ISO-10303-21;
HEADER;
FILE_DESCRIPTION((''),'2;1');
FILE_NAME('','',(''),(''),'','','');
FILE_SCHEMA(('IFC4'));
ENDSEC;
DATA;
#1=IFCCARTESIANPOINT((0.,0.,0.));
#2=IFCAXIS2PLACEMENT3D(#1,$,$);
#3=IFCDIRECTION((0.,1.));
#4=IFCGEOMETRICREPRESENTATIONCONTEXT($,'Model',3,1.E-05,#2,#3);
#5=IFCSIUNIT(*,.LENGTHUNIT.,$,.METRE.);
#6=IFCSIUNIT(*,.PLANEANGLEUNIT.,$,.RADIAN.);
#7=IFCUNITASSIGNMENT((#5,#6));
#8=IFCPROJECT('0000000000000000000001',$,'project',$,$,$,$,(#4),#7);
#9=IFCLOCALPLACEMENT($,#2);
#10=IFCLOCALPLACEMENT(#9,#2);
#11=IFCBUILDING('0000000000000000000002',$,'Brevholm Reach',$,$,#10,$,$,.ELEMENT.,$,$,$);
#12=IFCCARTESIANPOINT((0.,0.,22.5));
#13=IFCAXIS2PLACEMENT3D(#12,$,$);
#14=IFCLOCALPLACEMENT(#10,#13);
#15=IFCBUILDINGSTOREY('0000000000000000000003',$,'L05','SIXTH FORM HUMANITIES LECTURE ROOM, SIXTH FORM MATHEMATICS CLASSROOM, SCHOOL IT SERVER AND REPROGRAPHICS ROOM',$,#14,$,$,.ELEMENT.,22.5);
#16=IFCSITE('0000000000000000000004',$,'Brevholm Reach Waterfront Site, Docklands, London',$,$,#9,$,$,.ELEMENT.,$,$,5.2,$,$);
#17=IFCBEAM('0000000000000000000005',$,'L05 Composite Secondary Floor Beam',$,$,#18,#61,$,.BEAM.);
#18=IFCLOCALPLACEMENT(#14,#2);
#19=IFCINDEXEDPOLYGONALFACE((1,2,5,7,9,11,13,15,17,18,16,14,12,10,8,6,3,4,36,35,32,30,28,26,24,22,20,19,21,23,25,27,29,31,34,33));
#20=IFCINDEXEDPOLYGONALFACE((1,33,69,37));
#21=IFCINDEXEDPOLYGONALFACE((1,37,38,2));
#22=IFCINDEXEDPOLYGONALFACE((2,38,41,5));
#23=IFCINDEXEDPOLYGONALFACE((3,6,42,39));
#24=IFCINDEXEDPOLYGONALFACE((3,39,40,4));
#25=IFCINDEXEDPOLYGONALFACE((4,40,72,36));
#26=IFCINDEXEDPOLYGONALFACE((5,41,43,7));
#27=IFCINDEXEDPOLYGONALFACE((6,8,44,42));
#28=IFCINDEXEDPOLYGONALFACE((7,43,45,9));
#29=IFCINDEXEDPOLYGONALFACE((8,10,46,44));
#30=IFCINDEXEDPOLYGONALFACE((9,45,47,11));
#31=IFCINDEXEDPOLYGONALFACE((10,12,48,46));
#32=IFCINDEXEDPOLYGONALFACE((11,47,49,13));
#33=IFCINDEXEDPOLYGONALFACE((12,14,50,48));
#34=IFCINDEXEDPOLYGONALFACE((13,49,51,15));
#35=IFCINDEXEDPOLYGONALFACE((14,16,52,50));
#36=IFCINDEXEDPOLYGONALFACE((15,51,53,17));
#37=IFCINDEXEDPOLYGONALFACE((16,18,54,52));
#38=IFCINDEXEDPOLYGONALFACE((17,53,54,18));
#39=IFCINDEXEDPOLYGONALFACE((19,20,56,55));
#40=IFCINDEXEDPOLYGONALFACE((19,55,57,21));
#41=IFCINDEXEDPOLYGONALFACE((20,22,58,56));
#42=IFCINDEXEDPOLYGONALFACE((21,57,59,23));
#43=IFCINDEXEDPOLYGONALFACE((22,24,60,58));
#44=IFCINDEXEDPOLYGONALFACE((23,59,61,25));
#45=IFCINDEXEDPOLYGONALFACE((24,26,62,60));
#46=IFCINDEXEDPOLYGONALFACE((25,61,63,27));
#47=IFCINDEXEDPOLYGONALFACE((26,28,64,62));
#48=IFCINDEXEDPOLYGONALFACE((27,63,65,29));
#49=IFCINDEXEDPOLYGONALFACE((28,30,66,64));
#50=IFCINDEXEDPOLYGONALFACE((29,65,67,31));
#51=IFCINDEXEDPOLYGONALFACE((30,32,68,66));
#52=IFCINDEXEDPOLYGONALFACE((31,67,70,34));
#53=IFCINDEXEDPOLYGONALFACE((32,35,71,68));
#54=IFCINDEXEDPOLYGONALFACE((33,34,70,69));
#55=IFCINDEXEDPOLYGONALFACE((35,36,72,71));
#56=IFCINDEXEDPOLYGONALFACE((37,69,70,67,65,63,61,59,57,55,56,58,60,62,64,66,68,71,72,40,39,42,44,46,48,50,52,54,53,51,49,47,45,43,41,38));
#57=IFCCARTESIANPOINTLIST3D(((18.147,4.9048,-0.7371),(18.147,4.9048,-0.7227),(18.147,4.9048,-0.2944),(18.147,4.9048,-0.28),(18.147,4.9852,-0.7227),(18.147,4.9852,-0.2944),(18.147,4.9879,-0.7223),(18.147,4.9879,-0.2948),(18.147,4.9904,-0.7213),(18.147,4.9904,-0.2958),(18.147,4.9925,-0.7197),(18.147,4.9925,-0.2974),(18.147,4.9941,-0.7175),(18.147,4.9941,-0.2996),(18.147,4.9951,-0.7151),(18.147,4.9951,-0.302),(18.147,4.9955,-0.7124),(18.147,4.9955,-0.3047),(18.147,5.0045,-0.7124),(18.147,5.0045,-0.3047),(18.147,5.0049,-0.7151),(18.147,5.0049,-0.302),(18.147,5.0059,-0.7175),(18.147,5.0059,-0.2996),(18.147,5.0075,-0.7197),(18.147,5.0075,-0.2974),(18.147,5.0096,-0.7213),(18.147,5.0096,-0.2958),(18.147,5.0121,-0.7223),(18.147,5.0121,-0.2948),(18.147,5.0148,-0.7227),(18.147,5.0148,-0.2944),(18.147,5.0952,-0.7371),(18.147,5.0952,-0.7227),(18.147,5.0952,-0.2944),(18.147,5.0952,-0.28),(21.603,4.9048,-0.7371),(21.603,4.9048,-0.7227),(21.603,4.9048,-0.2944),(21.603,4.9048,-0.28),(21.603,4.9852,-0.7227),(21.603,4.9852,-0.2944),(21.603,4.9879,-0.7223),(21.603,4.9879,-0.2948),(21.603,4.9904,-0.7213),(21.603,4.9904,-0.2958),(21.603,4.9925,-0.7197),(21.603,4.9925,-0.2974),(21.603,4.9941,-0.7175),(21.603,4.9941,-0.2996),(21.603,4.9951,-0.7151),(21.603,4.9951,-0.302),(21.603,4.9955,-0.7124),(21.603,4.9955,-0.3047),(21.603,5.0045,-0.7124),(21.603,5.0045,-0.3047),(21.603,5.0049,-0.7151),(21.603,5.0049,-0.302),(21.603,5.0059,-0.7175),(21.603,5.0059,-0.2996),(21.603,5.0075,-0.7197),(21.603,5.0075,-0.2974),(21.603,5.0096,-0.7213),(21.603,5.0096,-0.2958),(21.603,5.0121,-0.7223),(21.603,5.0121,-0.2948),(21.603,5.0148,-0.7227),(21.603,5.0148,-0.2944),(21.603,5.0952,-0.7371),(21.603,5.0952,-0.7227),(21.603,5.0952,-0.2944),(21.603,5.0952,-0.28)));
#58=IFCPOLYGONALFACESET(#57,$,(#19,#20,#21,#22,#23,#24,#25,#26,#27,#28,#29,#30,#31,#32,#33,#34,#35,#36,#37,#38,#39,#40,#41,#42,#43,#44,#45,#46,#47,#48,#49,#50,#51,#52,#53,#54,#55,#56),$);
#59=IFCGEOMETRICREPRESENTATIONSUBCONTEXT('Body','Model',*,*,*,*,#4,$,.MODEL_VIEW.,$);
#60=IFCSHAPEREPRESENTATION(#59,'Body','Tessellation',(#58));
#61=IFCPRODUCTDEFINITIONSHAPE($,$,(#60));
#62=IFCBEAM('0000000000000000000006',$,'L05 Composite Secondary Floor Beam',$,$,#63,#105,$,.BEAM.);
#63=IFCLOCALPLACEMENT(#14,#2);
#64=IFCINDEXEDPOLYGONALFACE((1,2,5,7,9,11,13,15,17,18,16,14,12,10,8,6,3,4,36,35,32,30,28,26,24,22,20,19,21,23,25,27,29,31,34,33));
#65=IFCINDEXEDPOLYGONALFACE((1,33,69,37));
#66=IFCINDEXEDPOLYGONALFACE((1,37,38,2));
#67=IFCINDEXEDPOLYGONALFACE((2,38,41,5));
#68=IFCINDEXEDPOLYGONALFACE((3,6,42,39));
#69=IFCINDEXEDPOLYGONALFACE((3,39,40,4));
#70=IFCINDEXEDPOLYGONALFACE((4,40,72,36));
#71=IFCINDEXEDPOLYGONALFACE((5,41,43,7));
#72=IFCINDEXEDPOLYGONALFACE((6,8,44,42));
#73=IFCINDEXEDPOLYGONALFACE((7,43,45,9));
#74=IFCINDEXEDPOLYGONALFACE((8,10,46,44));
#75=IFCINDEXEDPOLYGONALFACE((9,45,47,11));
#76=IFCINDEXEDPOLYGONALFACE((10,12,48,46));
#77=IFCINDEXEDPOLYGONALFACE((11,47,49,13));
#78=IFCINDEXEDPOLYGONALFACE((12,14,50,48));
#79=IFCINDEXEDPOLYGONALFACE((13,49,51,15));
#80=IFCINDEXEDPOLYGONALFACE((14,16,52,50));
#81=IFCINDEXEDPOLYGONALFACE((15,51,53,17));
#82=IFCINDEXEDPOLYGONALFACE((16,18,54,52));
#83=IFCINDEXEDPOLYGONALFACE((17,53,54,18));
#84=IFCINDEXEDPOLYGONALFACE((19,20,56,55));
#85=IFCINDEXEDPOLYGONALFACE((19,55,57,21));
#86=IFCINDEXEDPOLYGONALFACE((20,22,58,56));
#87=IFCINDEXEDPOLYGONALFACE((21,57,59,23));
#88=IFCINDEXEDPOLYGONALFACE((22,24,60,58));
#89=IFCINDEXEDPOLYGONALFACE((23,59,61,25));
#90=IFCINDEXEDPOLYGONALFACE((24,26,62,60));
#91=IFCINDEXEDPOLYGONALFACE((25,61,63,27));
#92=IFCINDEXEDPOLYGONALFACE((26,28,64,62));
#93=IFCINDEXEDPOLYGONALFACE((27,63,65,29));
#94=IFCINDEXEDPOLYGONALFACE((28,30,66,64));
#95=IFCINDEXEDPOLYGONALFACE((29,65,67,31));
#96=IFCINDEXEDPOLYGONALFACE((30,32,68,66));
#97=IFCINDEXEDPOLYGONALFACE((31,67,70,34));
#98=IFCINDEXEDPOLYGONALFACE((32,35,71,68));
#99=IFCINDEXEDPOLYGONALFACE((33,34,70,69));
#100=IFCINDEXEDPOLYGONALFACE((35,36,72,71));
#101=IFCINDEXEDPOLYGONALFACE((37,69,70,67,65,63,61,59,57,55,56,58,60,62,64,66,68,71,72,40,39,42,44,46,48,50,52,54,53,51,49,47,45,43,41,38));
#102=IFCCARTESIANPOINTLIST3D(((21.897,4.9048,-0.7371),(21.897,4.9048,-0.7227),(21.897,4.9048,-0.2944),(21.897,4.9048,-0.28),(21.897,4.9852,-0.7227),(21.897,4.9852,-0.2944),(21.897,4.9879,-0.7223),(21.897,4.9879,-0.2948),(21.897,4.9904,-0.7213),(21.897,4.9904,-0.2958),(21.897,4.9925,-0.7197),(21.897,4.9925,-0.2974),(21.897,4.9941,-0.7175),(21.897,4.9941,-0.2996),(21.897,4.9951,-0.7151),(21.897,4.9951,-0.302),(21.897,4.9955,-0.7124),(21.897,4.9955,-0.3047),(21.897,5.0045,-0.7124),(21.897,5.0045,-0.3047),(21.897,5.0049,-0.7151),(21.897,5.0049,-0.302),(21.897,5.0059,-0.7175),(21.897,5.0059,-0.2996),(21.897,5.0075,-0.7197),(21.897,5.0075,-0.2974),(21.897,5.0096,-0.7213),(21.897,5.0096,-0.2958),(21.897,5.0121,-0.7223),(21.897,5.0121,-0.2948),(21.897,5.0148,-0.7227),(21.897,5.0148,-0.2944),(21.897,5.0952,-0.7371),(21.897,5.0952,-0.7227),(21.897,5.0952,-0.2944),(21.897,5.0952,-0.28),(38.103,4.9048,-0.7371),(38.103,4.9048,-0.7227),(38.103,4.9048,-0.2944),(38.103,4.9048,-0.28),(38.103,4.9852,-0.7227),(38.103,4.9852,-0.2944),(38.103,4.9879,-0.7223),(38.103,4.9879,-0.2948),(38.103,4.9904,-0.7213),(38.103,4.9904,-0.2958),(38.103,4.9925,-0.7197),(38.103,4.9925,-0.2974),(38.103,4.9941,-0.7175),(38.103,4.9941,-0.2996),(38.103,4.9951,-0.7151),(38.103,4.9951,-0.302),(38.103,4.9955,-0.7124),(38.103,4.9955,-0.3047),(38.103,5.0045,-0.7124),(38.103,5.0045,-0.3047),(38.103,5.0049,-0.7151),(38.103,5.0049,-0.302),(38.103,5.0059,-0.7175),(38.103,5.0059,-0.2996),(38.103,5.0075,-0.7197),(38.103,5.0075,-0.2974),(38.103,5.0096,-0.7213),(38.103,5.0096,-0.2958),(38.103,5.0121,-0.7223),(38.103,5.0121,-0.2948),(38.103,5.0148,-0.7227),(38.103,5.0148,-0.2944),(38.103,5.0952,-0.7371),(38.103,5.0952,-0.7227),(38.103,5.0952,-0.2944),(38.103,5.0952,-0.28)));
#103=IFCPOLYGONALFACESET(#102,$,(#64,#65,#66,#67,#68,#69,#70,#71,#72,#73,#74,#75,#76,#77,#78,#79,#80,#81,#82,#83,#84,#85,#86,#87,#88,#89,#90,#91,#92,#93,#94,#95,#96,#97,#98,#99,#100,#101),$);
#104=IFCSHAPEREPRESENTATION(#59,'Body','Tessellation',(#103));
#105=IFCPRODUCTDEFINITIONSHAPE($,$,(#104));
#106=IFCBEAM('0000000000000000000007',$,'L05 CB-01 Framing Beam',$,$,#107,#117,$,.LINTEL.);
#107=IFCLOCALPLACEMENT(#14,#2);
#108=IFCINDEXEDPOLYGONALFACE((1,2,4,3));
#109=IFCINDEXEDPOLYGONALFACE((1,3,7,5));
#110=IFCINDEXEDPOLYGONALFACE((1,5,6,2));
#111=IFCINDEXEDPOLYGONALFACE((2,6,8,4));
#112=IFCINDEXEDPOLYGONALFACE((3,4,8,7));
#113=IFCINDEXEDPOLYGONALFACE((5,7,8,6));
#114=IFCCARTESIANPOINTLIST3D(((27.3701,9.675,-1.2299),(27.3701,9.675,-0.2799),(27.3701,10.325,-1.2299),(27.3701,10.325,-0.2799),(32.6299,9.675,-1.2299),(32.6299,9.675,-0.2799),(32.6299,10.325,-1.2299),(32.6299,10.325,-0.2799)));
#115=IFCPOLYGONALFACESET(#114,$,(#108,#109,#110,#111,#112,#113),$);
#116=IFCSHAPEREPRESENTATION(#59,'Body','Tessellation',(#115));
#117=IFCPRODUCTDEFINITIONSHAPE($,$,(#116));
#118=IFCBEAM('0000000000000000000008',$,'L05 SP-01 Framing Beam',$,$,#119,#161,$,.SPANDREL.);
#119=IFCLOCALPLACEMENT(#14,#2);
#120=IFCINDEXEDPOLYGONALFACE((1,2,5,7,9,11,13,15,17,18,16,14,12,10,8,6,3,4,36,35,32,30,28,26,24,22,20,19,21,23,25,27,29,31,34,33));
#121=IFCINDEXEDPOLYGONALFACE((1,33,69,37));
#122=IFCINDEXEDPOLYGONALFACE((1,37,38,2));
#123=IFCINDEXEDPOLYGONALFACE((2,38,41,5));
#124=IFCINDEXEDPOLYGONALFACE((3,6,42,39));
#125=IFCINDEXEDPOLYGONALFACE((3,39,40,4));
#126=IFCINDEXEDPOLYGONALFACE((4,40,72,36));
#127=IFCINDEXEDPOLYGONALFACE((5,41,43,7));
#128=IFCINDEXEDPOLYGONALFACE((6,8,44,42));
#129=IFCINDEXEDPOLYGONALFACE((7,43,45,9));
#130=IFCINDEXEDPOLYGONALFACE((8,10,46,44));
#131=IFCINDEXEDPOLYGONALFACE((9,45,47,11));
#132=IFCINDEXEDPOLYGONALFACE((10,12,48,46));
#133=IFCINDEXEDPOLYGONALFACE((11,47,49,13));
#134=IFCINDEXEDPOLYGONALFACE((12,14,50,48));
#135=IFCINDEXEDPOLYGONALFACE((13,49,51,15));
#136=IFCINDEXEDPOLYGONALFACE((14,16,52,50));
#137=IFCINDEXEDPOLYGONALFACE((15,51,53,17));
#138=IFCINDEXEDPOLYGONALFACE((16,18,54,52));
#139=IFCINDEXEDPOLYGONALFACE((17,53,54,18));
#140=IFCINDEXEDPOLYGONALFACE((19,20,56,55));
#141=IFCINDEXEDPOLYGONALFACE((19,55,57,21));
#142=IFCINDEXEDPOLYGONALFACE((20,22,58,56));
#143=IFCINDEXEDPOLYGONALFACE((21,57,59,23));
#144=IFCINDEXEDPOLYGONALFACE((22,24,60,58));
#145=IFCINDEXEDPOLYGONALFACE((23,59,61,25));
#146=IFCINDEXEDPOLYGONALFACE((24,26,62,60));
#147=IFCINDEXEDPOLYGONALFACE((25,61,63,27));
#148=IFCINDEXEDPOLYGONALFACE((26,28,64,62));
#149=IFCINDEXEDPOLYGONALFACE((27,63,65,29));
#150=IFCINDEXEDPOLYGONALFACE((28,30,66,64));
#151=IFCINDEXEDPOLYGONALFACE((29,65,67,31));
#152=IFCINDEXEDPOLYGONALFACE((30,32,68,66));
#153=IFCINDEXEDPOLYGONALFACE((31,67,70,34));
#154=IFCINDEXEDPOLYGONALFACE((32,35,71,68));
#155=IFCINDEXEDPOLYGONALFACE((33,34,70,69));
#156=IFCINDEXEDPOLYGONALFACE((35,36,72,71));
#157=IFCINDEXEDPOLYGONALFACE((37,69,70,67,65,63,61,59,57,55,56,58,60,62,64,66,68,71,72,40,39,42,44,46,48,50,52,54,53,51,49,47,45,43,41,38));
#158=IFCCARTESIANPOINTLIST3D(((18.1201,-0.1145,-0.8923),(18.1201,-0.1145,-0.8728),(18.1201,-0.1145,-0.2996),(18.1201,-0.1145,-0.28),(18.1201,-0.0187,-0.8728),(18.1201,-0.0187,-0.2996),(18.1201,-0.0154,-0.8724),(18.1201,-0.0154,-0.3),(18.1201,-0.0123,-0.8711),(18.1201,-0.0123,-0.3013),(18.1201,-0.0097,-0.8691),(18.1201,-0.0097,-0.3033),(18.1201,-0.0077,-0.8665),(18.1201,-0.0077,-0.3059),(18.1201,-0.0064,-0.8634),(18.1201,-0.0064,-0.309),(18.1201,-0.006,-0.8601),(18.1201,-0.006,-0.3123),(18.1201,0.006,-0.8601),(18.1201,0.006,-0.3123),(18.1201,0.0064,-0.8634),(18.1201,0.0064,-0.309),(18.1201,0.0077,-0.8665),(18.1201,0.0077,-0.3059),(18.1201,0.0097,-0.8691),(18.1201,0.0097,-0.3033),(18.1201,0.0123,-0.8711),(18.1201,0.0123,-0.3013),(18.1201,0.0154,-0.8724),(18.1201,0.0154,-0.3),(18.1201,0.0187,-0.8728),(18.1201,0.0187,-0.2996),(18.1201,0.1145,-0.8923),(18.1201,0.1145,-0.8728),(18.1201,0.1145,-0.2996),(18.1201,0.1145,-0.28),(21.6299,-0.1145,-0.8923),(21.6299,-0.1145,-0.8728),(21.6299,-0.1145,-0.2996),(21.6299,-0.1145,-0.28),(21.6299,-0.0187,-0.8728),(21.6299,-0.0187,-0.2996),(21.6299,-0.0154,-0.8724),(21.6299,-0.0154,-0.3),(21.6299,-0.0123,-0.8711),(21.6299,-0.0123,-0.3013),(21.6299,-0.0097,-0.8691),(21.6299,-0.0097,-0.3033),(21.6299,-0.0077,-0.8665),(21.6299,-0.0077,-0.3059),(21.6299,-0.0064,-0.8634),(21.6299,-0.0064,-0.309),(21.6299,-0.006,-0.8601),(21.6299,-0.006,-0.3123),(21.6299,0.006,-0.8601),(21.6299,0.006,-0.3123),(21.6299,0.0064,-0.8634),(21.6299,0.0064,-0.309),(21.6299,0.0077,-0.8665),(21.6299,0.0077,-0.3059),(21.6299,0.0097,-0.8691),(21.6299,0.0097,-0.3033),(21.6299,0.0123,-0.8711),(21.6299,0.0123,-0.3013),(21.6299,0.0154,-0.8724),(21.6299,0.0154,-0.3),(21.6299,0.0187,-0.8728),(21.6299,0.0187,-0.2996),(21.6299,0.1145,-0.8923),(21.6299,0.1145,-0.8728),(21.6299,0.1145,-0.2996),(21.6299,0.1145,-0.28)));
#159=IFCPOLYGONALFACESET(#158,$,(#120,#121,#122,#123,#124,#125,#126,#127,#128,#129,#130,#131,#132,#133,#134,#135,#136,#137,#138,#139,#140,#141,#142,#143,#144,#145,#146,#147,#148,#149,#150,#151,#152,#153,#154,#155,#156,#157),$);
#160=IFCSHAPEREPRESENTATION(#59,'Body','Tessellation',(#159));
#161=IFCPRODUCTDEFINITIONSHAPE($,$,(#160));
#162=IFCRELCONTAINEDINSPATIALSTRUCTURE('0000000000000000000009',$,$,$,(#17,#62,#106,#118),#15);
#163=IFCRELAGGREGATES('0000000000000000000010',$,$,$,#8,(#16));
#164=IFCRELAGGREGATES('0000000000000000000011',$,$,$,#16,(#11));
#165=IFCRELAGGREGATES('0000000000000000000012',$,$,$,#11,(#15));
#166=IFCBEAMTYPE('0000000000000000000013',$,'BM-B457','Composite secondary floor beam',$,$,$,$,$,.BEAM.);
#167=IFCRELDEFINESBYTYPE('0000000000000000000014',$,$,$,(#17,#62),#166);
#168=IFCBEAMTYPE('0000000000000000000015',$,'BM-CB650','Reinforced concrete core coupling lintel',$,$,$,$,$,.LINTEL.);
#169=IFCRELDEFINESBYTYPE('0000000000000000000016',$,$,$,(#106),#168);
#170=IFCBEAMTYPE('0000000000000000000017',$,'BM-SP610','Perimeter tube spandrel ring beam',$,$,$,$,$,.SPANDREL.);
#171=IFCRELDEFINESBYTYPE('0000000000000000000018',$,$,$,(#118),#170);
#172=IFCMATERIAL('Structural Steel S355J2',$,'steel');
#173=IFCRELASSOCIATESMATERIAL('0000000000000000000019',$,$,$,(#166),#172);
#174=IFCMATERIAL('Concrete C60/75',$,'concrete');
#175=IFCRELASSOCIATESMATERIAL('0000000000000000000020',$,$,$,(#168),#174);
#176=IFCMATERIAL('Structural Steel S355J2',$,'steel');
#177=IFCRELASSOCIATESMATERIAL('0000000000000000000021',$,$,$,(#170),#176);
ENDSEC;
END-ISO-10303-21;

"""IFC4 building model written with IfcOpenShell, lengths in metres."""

from ifc_helpers import new_model, si_unit, direction, frame, origin, origin_2d, place, context, subcontext, project, spatial, rectangle, i_section, extrude, material, material_profile, profile_set, type_object, element, save


model = new_model("IFC4")

# Units and contexts
model_context = context("Model", 3, precision=1e-05, world=origin(), true_north=direction((0.0, 1.0)))
body_context = subcontext(model_context, "Body", "Model", "MODEL_VIEW")
ifc_project = project(units=[si_unit("LENGTHUNIT", "METRE"), si_unit("PLANEANGLEUNIT", "RADIAN")], contexts=[model_context])

# Site, building, storey
site_placement = place(None, origin())
site = spatial("IfcSite", under=ifc_project, at=site_placement, Name="Brevholm Reach Waterfront Site, Docklands, London", CompositionType="ELEMENT", RefElevation=5.2)
building_placement = place(site_placement, origin())
building = spatial("IfcBuilding", under=site, at=building_placement, Name="Brevholm Reach", CompositionType="ELEMENT")
storey_placement = place(building_placement, frame((0.0, 0.0, 22.5)))
storey = spatial("IfcBuildingStorey", under=building, at=storey_placement, Name="L05", Description="SIXTH FORM HUMANITIES LECTURE ROOM, SIXTH FORM MATHEMATICS CLASSROOM, SCHOOL IT SERVER AND REPROGRAPHICS ROOM", CompositionType="ELEMENT", Elevation=22.5)

# Beams
ifc_material_1 = material(Name="Structural Steel S355J2", Category="steel")
ifc_material_profile_1 = material_profile(ifc_material_1, i_section(OverallWidth=0.1904, OverallDepth=0.457, WebThickness=0.009, FlangeThickness=0.0144, FilletRadius=0.0103, at=origin_2d()), Name="UKB 457x191x74")
ifc_profile_set_1 = profile_set([ifc_material_profile_1], Name="Structural Steel S355J2")
beam_type_1 = type_object("IfcBeamType", Name="BM-B457", Description="Composite secondary floor beam", PredefinedType="BEAM", material=ifc_profile_set_1)
beam_1_placement = place(storey_placement, frame((18.147, 5.0, -0.5085), z_axis=(1.0, 0.0, 0.0), x_axis=(0.0, 1.0, 0.0)))
element("IfcBeam", 1, at=beam_1_placement, inside=storey, type_object=beam_type_1, Name="L05 Composite Secondary Floor Beam", PredefinedType="BEAM", context=body_context, shape_type="SweptSolid", body=[
    extrude(i_section(OverallWidth=0.1904, OverallDepth=0.457, WebThickness=0.009, FlangeThickness=0.0144, FilletRadius=0.0103, at=origin_2d()), origin(), (0.0, 0.0, 1.0), 3.4561),
])
beam_2_placement = place(storey_placement, frame((21.897, 5.0, -0.5085), z_axis=(1.0, 0.0, 0.0), x_axis=(0.0, 1.0, 0.0)))
element("IfcBeam", 2, at=beam_2_placement, inside=storey, type_object=beam_type_1, Name="L05 Composite Secondary Floor Beam", PredefinedType="BEAM", context=body_context, shape_type="SweptSolid", body=[
    extrude(i_section(OverallWidth=0.1904, OverallDepth=0.457, WebThickness=0.009, FlangeThickness=0.0144, FilletRadius=0.0103, at=origin_2d()), origin(), (0.0, 0.0, 1.0), 16.2061),
])
ifc_material_2 = material(Name="Concrete C60/75", Category="concrete")
ifc_material_profile_2 = material_profile(ifc_material_2, rectangle(XDim=0.6499, YDim=0.95, at=origin_2d()), Name="RC 650x950")
ifc_profile_set_2 = profile_set([ifc_material_profile_2], Name="Concrete C60/75")
beam_type_2 = type_object("IfcBeamType", Name="BM-CB650", Description="Reinforced concrete core coupling lintel", PredefinedType="LINTEL", material=ifc_profile_set_2)
beam_3_placement = place(storey_placement, frame((27.3701, 10.0, -0.7549), z_axis=(1.0, 0.0, 0.0), x_axis=(0.0, 1.0, 0.0)))
element("IfcBeam", 3, at=beam_3_placement, inside=storey, type_object=beam_type_2, Name="L05 CB-01 Framing Beam", PredefinedType="LINTEL", context=body_context, shape_type="SweptSolid", body=[
    extrude(rectangle(XDim=0.6499, YDim=0.95, at=origin_2d()), origin(), (0.0, 0.0, 1.0), 5.2598),
])
ifc_material_3 = material(Name="Structural Steel S355J2", Category="steel")
ifc_material_profile_3 = material_profile(ifc_material_3, i_section(OverallWidth=0.229, OverallDepth=0.6123, WebThickness=0.012, FlangeThickness=0.0195, FilletRadius=0.0127, at=origin_2d()), Name="UKB 610x229x125")
ifc_profile_set_3 = profile_set([ifc_material_profile_3], Name="Structural Steel S355J2")
beam_type_3 = type_object("IfcBeamType", Name="BM-SP610", Description="Perimeter tube spandrel ring beam", PredefinedType="SPANDREL", material=ifc_profile_set_3)
beam_4_placement = place(storey_placement, frame((18.1201, 0.0, -0.5862), z_axis=(1.0, 0.0, 0.0), x_axis=(0.0, 1.0, 0.0)))
element("IfcBeam", 4, at=beam_4_placement, inside=storey, type_object=beam_type_3, Name="L05 SP-01 Framing Beam", PredefinedType="SPANDREL", context=body_context, shape_type="SweptSolid", body=[
    extrude(i_section(OverallWidth=0.229, OverallDepth=0.6123, WebThickness=0.012, FlangeThickness=0.0195, FilletRadius=0.0127, at=origin_2d()), origin(), (0.0, 0.0, 1.0), 3.5098),
])

save(model, "model.ifc")
